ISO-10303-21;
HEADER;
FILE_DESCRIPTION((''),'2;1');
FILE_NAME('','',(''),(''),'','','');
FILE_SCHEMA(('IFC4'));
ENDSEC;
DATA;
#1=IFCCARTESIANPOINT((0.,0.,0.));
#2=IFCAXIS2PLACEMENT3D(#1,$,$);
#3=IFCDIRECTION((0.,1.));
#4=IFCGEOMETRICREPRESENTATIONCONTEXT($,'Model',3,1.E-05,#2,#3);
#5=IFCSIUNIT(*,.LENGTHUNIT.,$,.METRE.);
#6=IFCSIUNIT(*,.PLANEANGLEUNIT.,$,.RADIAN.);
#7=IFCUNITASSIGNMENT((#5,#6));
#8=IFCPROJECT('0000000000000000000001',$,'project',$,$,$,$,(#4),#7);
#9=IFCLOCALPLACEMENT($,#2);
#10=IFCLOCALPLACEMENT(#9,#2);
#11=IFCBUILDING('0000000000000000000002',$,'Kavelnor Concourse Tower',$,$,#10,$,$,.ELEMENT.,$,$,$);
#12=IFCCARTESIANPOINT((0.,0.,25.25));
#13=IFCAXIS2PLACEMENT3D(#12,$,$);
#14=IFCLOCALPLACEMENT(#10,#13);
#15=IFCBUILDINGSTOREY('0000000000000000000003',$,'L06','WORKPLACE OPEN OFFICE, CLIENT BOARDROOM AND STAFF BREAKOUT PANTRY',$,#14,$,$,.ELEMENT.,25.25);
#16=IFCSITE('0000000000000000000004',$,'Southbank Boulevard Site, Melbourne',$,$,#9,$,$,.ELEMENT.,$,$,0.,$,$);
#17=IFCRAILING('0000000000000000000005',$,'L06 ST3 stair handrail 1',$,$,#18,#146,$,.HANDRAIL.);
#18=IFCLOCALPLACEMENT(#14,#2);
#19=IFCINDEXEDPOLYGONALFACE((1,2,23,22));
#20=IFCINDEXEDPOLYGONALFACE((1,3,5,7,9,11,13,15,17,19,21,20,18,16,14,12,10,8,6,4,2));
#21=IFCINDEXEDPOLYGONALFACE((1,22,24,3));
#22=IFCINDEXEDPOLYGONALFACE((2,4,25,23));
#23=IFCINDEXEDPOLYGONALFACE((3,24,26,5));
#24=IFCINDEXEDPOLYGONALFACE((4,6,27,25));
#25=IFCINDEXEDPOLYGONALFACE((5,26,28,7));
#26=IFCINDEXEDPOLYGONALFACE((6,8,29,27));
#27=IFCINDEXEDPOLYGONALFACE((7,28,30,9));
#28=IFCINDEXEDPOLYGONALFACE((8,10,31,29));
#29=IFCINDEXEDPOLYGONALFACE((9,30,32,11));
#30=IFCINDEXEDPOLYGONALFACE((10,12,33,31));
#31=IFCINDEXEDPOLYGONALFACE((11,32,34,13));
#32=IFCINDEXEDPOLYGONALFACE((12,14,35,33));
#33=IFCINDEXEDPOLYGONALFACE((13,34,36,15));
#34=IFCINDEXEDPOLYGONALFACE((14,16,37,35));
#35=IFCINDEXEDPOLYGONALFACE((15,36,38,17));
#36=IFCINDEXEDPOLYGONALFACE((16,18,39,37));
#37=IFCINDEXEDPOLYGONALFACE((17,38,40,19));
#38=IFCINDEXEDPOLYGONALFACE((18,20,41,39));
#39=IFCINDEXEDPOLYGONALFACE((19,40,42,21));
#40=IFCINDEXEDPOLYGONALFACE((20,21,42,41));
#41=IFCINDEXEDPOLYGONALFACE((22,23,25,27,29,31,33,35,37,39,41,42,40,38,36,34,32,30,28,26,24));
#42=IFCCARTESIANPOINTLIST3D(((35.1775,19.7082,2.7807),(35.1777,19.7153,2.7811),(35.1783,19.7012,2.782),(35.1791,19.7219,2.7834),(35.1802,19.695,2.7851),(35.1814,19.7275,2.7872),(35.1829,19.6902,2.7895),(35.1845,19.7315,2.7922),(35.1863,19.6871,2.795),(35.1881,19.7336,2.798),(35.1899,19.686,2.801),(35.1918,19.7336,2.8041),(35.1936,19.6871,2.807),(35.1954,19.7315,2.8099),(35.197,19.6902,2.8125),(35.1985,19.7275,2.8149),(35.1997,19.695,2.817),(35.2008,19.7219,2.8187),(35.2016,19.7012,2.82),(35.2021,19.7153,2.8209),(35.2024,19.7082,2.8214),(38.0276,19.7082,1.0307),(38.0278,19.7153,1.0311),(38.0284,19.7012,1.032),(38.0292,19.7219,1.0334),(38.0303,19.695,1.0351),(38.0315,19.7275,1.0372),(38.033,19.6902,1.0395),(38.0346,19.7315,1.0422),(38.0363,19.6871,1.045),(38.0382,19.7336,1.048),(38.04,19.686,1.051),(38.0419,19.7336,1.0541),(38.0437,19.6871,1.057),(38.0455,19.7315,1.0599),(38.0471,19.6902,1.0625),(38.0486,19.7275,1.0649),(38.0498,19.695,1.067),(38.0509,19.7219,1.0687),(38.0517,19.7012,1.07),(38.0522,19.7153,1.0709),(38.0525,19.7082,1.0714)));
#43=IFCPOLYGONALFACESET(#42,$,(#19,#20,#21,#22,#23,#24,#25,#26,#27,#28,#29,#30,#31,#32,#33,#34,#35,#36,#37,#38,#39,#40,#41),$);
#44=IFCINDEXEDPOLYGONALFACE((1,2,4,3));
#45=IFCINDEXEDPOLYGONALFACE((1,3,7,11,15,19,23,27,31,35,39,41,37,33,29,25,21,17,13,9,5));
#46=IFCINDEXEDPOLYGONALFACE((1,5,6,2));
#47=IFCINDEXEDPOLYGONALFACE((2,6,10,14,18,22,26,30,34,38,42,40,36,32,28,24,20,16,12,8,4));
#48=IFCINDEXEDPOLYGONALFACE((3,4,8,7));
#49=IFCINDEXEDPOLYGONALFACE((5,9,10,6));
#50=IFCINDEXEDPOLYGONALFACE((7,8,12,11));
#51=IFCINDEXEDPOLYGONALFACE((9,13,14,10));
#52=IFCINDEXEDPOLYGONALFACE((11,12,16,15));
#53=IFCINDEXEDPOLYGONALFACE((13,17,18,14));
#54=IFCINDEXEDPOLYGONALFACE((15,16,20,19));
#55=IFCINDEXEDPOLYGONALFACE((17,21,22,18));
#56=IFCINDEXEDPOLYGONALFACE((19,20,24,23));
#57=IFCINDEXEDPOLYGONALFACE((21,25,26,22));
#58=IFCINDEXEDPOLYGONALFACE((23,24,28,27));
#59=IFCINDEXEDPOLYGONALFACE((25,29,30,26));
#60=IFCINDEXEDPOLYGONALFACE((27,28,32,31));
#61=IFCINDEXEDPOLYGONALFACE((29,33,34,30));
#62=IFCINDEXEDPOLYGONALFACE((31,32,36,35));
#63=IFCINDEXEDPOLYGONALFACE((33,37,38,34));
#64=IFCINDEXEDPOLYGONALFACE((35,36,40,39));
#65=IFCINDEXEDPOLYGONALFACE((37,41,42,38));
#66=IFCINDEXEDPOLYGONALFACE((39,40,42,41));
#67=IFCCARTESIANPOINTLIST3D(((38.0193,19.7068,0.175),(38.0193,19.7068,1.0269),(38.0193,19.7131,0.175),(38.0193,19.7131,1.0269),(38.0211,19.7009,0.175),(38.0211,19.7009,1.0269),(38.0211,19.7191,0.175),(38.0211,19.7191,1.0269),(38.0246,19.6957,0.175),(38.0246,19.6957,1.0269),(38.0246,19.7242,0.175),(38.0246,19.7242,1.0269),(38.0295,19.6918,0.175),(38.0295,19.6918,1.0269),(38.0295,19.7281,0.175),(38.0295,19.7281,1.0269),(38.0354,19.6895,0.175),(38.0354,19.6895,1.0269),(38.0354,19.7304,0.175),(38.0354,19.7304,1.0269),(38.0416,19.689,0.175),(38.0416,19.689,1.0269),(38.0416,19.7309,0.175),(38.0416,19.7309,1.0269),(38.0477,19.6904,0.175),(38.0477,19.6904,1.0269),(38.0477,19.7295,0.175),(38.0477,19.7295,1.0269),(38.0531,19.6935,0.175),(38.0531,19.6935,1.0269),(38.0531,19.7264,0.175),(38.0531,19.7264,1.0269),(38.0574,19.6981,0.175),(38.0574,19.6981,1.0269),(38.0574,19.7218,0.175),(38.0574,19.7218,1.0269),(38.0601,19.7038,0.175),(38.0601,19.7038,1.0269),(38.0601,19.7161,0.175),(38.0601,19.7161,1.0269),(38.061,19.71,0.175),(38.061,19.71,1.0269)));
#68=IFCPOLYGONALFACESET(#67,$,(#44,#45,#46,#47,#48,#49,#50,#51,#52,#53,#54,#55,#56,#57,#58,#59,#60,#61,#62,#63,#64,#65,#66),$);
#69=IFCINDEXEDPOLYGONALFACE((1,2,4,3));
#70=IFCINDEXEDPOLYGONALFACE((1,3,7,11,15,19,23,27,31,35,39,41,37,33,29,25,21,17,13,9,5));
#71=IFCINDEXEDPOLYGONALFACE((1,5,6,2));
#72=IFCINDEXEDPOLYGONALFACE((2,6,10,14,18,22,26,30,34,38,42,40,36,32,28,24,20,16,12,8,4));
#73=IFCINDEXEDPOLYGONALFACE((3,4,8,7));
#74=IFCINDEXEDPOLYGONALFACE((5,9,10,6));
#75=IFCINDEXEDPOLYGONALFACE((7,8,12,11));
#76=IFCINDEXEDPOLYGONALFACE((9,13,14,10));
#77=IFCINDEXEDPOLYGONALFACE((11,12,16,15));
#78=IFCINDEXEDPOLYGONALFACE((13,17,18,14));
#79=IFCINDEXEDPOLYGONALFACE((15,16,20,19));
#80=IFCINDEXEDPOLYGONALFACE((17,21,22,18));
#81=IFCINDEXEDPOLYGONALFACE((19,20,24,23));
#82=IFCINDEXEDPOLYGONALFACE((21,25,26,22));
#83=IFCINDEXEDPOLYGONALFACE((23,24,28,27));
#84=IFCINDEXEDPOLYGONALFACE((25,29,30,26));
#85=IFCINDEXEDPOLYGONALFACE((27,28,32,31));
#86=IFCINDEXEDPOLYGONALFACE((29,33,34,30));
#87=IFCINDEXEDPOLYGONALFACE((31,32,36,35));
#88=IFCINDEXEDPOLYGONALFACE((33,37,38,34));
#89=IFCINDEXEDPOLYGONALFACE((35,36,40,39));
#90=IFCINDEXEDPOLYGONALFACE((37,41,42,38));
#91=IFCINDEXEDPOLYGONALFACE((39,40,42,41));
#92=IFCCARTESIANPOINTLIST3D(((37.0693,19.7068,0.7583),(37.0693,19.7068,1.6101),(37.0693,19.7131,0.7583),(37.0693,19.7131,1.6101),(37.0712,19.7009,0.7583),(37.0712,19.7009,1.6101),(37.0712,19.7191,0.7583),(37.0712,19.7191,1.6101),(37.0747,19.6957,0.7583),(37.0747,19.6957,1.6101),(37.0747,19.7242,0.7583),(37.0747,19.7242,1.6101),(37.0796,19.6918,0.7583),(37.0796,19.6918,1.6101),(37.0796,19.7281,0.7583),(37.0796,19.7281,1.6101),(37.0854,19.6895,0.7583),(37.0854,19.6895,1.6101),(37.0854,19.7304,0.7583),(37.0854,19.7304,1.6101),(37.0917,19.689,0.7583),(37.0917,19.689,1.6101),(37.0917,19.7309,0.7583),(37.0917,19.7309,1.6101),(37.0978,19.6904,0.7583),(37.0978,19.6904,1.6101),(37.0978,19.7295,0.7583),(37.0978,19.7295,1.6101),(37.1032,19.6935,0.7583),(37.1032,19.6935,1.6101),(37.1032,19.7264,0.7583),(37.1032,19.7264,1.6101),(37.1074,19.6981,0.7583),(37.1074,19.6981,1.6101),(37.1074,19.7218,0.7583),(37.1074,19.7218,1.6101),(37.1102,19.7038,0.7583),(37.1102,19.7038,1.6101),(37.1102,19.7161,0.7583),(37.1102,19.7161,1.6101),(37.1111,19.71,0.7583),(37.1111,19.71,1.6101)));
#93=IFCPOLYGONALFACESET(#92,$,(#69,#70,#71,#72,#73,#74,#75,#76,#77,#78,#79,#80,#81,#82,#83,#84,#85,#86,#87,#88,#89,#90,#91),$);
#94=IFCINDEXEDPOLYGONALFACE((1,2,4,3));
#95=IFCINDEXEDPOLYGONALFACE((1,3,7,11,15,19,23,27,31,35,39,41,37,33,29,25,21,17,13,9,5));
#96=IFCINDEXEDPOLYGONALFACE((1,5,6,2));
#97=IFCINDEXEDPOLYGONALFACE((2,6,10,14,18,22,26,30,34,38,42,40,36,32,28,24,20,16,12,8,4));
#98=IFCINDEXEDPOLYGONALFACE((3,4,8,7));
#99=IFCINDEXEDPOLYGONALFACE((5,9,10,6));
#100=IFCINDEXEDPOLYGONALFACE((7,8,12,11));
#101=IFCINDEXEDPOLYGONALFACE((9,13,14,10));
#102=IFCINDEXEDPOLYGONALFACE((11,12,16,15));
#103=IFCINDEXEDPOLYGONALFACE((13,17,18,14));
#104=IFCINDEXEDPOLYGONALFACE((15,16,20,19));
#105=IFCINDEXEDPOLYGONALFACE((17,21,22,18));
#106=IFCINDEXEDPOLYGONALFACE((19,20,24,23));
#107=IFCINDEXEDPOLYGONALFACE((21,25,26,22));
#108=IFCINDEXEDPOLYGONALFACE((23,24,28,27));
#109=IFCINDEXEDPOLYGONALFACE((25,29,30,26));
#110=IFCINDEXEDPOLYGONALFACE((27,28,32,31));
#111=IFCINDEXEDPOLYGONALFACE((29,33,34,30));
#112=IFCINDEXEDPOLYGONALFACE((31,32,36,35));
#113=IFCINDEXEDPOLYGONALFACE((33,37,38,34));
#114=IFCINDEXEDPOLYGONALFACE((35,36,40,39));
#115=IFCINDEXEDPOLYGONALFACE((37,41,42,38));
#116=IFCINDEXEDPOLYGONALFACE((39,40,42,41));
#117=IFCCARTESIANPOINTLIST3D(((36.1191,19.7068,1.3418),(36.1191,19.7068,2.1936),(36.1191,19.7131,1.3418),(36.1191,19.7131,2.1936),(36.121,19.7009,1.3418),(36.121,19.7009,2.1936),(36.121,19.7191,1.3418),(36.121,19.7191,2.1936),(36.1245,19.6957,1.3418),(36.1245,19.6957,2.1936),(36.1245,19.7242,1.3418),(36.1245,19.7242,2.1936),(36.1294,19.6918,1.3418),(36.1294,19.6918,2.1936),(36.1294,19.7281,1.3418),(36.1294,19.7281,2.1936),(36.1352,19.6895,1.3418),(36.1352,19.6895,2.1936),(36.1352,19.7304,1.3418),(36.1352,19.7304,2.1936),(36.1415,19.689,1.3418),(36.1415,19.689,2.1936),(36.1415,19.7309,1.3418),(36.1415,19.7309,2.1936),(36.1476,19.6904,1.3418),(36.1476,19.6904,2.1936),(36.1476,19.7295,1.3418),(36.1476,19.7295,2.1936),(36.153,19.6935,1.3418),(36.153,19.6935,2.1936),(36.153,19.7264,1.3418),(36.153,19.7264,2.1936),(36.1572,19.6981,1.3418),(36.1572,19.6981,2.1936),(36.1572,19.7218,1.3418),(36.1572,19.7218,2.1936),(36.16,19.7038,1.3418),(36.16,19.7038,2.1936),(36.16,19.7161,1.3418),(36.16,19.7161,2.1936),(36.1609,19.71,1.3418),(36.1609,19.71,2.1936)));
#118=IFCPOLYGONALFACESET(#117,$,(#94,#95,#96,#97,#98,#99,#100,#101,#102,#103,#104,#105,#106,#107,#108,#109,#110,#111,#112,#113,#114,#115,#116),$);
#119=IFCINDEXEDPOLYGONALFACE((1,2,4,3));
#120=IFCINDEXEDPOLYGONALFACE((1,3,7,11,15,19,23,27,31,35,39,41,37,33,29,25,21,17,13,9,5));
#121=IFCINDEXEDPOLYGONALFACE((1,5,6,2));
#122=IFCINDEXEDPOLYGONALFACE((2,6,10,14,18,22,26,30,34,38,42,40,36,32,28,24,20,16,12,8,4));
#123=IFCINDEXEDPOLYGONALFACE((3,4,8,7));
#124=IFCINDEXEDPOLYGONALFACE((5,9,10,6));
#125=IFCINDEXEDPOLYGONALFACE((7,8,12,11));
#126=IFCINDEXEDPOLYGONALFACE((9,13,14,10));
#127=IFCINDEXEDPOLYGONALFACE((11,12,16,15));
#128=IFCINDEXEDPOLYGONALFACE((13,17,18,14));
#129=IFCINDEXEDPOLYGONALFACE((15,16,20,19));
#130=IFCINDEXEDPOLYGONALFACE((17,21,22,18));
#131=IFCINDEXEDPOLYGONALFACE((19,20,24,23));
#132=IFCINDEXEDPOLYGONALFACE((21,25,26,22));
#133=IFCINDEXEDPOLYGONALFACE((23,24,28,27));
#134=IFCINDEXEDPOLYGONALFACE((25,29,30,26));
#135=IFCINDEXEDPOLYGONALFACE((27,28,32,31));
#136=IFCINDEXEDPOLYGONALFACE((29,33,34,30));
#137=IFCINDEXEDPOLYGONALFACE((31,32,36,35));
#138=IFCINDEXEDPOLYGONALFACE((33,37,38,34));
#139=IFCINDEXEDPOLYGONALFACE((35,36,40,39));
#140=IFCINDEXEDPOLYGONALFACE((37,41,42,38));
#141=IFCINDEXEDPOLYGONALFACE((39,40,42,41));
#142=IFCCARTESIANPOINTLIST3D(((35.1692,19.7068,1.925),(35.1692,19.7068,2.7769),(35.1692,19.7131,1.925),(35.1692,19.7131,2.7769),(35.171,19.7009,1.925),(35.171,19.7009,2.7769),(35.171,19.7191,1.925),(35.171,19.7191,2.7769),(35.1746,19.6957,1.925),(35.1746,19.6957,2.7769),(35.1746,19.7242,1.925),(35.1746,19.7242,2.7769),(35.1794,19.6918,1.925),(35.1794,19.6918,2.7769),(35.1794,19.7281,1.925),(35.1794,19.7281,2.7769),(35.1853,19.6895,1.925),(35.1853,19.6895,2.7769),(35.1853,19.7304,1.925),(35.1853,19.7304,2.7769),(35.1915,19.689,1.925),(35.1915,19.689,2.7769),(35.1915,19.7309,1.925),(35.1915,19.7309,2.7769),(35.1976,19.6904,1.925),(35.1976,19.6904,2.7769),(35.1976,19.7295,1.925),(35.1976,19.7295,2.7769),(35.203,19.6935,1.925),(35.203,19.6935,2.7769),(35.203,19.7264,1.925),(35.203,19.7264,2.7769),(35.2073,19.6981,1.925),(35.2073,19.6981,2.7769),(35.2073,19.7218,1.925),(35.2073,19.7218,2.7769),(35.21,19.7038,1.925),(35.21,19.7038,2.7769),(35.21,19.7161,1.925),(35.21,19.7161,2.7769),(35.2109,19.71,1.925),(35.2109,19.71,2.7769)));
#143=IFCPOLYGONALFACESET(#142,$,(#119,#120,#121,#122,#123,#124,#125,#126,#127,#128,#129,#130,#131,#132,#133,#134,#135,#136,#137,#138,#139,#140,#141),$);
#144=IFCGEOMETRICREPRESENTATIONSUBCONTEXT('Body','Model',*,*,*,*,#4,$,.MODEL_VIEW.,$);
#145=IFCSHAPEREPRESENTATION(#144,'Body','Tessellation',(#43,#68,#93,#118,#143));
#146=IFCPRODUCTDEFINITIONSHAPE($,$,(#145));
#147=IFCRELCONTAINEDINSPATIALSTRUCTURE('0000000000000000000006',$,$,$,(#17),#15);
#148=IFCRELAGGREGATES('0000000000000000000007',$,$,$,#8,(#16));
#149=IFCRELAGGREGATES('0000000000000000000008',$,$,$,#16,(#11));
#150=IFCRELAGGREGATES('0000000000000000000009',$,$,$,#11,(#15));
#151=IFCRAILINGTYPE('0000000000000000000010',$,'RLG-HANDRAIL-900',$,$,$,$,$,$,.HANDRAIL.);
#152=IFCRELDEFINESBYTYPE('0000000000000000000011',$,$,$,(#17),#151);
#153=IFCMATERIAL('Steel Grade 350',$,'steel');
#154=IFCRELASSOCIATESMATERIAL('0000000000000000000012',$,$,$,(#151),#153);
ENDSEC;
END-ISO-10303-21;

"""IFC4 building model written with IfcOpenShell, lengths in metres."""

from ifc_helpers import new_model, si_unit, direction, frame, origin, origin_2d, place, context, subcontext, project, spatial, circle, extrude, material, type_object, element, save


model = new_model("IFC4")

# Units and contexts
model_context = context("Model", 3, precision=1e-05, world=origin(), true_north=direction((0.0, 1.0)))
body_context = subcontext(model_context, "Body", "Model", "MODEL_VIEW")
ifc_project = project(units=[si_unit("LENGTHUNIT", "METRE"), si_unit("PLANEANGLEUNIT", "RADIAN")], contexts=[model_context])

# Site, building, storey
site_placement = place(None, origin())
site = spatial("IfcSite", under=ifc_project, at=site_placement, Name="Southbank Boulevard Site, Melbourne", CompositionType="ELEMENT", RefElevation=0.0)
building_placement = place(site_placement, origin())
building = spatial("IfcBuilding", under=site, at=building_placement, Name="Kavelnor Concourse Tower", CompositionType="ELEMENT")
storey_placement = place(building_placement, frame((0.0, 0.0, 25.25)))
storey = spatial("IfcBuildingStorey", under=building, at=storey_placement, Name="L06", Description="WORKPLACE OPEN OFFICE, CLIENT BOARDROOM AND STAFF BREAKOUT PANTRY", CompositionType="ELEMENT", Elevation=25.25)

# Shared definitions
ifc_material_1 = material(Name="Steel Grade 350", Category="steel")

# Railing
railing_type_1 = type_object("IfcRailingType", Name="RLG-HANDRAIL-900", PredefinedType="HANDRAIL", material=ifc_material_1)
railing_1_placement = place(storey_placement, frame((38.04, 19.71, 0.175)))
element("IfcRailing", 1, at=railing_1_placement, inside=storey, type_object=railing_type_1, Name="L06 ST3 stair handrail 1", PredefinedType="HANDRAIL", context=body_context, shape_type="SweptSolid", body=[
    extrude(circle(Radius=0.0239, at=origin_2d()), frame((0.0, 0.0, 0.876), z_axis=(-0.852179, 0.0, 0.52325), x_axis=(0.0, -1.0, 0.0)), (0.0, 0.0, 1.0), 3.3445),
    extrude(circle(Radius=0.021, at=origin_2d()), origin(), (0.0, 0.0, 1.0), 0.8518),
    extrude(circle(Radius=0.021, at=origin_2d()), frame((-0.95, 0.0, 0.5833)), (0.0, 0.0, 1.0), 0.8518),
    extrude(circle(Radius=0.021, at=origin_2d()), frame((-1.9001, 0.0, 1.1667)), (0.0, 0.0, 1.0), 0.8518),
    extrude(circle(Radius=0.021, at=origin_2d()), frame((-2.8501, 0.0, 1.75)), (0.0, 0.0, 1.0), 0.8518),
])

save(model, "model.ifc")
